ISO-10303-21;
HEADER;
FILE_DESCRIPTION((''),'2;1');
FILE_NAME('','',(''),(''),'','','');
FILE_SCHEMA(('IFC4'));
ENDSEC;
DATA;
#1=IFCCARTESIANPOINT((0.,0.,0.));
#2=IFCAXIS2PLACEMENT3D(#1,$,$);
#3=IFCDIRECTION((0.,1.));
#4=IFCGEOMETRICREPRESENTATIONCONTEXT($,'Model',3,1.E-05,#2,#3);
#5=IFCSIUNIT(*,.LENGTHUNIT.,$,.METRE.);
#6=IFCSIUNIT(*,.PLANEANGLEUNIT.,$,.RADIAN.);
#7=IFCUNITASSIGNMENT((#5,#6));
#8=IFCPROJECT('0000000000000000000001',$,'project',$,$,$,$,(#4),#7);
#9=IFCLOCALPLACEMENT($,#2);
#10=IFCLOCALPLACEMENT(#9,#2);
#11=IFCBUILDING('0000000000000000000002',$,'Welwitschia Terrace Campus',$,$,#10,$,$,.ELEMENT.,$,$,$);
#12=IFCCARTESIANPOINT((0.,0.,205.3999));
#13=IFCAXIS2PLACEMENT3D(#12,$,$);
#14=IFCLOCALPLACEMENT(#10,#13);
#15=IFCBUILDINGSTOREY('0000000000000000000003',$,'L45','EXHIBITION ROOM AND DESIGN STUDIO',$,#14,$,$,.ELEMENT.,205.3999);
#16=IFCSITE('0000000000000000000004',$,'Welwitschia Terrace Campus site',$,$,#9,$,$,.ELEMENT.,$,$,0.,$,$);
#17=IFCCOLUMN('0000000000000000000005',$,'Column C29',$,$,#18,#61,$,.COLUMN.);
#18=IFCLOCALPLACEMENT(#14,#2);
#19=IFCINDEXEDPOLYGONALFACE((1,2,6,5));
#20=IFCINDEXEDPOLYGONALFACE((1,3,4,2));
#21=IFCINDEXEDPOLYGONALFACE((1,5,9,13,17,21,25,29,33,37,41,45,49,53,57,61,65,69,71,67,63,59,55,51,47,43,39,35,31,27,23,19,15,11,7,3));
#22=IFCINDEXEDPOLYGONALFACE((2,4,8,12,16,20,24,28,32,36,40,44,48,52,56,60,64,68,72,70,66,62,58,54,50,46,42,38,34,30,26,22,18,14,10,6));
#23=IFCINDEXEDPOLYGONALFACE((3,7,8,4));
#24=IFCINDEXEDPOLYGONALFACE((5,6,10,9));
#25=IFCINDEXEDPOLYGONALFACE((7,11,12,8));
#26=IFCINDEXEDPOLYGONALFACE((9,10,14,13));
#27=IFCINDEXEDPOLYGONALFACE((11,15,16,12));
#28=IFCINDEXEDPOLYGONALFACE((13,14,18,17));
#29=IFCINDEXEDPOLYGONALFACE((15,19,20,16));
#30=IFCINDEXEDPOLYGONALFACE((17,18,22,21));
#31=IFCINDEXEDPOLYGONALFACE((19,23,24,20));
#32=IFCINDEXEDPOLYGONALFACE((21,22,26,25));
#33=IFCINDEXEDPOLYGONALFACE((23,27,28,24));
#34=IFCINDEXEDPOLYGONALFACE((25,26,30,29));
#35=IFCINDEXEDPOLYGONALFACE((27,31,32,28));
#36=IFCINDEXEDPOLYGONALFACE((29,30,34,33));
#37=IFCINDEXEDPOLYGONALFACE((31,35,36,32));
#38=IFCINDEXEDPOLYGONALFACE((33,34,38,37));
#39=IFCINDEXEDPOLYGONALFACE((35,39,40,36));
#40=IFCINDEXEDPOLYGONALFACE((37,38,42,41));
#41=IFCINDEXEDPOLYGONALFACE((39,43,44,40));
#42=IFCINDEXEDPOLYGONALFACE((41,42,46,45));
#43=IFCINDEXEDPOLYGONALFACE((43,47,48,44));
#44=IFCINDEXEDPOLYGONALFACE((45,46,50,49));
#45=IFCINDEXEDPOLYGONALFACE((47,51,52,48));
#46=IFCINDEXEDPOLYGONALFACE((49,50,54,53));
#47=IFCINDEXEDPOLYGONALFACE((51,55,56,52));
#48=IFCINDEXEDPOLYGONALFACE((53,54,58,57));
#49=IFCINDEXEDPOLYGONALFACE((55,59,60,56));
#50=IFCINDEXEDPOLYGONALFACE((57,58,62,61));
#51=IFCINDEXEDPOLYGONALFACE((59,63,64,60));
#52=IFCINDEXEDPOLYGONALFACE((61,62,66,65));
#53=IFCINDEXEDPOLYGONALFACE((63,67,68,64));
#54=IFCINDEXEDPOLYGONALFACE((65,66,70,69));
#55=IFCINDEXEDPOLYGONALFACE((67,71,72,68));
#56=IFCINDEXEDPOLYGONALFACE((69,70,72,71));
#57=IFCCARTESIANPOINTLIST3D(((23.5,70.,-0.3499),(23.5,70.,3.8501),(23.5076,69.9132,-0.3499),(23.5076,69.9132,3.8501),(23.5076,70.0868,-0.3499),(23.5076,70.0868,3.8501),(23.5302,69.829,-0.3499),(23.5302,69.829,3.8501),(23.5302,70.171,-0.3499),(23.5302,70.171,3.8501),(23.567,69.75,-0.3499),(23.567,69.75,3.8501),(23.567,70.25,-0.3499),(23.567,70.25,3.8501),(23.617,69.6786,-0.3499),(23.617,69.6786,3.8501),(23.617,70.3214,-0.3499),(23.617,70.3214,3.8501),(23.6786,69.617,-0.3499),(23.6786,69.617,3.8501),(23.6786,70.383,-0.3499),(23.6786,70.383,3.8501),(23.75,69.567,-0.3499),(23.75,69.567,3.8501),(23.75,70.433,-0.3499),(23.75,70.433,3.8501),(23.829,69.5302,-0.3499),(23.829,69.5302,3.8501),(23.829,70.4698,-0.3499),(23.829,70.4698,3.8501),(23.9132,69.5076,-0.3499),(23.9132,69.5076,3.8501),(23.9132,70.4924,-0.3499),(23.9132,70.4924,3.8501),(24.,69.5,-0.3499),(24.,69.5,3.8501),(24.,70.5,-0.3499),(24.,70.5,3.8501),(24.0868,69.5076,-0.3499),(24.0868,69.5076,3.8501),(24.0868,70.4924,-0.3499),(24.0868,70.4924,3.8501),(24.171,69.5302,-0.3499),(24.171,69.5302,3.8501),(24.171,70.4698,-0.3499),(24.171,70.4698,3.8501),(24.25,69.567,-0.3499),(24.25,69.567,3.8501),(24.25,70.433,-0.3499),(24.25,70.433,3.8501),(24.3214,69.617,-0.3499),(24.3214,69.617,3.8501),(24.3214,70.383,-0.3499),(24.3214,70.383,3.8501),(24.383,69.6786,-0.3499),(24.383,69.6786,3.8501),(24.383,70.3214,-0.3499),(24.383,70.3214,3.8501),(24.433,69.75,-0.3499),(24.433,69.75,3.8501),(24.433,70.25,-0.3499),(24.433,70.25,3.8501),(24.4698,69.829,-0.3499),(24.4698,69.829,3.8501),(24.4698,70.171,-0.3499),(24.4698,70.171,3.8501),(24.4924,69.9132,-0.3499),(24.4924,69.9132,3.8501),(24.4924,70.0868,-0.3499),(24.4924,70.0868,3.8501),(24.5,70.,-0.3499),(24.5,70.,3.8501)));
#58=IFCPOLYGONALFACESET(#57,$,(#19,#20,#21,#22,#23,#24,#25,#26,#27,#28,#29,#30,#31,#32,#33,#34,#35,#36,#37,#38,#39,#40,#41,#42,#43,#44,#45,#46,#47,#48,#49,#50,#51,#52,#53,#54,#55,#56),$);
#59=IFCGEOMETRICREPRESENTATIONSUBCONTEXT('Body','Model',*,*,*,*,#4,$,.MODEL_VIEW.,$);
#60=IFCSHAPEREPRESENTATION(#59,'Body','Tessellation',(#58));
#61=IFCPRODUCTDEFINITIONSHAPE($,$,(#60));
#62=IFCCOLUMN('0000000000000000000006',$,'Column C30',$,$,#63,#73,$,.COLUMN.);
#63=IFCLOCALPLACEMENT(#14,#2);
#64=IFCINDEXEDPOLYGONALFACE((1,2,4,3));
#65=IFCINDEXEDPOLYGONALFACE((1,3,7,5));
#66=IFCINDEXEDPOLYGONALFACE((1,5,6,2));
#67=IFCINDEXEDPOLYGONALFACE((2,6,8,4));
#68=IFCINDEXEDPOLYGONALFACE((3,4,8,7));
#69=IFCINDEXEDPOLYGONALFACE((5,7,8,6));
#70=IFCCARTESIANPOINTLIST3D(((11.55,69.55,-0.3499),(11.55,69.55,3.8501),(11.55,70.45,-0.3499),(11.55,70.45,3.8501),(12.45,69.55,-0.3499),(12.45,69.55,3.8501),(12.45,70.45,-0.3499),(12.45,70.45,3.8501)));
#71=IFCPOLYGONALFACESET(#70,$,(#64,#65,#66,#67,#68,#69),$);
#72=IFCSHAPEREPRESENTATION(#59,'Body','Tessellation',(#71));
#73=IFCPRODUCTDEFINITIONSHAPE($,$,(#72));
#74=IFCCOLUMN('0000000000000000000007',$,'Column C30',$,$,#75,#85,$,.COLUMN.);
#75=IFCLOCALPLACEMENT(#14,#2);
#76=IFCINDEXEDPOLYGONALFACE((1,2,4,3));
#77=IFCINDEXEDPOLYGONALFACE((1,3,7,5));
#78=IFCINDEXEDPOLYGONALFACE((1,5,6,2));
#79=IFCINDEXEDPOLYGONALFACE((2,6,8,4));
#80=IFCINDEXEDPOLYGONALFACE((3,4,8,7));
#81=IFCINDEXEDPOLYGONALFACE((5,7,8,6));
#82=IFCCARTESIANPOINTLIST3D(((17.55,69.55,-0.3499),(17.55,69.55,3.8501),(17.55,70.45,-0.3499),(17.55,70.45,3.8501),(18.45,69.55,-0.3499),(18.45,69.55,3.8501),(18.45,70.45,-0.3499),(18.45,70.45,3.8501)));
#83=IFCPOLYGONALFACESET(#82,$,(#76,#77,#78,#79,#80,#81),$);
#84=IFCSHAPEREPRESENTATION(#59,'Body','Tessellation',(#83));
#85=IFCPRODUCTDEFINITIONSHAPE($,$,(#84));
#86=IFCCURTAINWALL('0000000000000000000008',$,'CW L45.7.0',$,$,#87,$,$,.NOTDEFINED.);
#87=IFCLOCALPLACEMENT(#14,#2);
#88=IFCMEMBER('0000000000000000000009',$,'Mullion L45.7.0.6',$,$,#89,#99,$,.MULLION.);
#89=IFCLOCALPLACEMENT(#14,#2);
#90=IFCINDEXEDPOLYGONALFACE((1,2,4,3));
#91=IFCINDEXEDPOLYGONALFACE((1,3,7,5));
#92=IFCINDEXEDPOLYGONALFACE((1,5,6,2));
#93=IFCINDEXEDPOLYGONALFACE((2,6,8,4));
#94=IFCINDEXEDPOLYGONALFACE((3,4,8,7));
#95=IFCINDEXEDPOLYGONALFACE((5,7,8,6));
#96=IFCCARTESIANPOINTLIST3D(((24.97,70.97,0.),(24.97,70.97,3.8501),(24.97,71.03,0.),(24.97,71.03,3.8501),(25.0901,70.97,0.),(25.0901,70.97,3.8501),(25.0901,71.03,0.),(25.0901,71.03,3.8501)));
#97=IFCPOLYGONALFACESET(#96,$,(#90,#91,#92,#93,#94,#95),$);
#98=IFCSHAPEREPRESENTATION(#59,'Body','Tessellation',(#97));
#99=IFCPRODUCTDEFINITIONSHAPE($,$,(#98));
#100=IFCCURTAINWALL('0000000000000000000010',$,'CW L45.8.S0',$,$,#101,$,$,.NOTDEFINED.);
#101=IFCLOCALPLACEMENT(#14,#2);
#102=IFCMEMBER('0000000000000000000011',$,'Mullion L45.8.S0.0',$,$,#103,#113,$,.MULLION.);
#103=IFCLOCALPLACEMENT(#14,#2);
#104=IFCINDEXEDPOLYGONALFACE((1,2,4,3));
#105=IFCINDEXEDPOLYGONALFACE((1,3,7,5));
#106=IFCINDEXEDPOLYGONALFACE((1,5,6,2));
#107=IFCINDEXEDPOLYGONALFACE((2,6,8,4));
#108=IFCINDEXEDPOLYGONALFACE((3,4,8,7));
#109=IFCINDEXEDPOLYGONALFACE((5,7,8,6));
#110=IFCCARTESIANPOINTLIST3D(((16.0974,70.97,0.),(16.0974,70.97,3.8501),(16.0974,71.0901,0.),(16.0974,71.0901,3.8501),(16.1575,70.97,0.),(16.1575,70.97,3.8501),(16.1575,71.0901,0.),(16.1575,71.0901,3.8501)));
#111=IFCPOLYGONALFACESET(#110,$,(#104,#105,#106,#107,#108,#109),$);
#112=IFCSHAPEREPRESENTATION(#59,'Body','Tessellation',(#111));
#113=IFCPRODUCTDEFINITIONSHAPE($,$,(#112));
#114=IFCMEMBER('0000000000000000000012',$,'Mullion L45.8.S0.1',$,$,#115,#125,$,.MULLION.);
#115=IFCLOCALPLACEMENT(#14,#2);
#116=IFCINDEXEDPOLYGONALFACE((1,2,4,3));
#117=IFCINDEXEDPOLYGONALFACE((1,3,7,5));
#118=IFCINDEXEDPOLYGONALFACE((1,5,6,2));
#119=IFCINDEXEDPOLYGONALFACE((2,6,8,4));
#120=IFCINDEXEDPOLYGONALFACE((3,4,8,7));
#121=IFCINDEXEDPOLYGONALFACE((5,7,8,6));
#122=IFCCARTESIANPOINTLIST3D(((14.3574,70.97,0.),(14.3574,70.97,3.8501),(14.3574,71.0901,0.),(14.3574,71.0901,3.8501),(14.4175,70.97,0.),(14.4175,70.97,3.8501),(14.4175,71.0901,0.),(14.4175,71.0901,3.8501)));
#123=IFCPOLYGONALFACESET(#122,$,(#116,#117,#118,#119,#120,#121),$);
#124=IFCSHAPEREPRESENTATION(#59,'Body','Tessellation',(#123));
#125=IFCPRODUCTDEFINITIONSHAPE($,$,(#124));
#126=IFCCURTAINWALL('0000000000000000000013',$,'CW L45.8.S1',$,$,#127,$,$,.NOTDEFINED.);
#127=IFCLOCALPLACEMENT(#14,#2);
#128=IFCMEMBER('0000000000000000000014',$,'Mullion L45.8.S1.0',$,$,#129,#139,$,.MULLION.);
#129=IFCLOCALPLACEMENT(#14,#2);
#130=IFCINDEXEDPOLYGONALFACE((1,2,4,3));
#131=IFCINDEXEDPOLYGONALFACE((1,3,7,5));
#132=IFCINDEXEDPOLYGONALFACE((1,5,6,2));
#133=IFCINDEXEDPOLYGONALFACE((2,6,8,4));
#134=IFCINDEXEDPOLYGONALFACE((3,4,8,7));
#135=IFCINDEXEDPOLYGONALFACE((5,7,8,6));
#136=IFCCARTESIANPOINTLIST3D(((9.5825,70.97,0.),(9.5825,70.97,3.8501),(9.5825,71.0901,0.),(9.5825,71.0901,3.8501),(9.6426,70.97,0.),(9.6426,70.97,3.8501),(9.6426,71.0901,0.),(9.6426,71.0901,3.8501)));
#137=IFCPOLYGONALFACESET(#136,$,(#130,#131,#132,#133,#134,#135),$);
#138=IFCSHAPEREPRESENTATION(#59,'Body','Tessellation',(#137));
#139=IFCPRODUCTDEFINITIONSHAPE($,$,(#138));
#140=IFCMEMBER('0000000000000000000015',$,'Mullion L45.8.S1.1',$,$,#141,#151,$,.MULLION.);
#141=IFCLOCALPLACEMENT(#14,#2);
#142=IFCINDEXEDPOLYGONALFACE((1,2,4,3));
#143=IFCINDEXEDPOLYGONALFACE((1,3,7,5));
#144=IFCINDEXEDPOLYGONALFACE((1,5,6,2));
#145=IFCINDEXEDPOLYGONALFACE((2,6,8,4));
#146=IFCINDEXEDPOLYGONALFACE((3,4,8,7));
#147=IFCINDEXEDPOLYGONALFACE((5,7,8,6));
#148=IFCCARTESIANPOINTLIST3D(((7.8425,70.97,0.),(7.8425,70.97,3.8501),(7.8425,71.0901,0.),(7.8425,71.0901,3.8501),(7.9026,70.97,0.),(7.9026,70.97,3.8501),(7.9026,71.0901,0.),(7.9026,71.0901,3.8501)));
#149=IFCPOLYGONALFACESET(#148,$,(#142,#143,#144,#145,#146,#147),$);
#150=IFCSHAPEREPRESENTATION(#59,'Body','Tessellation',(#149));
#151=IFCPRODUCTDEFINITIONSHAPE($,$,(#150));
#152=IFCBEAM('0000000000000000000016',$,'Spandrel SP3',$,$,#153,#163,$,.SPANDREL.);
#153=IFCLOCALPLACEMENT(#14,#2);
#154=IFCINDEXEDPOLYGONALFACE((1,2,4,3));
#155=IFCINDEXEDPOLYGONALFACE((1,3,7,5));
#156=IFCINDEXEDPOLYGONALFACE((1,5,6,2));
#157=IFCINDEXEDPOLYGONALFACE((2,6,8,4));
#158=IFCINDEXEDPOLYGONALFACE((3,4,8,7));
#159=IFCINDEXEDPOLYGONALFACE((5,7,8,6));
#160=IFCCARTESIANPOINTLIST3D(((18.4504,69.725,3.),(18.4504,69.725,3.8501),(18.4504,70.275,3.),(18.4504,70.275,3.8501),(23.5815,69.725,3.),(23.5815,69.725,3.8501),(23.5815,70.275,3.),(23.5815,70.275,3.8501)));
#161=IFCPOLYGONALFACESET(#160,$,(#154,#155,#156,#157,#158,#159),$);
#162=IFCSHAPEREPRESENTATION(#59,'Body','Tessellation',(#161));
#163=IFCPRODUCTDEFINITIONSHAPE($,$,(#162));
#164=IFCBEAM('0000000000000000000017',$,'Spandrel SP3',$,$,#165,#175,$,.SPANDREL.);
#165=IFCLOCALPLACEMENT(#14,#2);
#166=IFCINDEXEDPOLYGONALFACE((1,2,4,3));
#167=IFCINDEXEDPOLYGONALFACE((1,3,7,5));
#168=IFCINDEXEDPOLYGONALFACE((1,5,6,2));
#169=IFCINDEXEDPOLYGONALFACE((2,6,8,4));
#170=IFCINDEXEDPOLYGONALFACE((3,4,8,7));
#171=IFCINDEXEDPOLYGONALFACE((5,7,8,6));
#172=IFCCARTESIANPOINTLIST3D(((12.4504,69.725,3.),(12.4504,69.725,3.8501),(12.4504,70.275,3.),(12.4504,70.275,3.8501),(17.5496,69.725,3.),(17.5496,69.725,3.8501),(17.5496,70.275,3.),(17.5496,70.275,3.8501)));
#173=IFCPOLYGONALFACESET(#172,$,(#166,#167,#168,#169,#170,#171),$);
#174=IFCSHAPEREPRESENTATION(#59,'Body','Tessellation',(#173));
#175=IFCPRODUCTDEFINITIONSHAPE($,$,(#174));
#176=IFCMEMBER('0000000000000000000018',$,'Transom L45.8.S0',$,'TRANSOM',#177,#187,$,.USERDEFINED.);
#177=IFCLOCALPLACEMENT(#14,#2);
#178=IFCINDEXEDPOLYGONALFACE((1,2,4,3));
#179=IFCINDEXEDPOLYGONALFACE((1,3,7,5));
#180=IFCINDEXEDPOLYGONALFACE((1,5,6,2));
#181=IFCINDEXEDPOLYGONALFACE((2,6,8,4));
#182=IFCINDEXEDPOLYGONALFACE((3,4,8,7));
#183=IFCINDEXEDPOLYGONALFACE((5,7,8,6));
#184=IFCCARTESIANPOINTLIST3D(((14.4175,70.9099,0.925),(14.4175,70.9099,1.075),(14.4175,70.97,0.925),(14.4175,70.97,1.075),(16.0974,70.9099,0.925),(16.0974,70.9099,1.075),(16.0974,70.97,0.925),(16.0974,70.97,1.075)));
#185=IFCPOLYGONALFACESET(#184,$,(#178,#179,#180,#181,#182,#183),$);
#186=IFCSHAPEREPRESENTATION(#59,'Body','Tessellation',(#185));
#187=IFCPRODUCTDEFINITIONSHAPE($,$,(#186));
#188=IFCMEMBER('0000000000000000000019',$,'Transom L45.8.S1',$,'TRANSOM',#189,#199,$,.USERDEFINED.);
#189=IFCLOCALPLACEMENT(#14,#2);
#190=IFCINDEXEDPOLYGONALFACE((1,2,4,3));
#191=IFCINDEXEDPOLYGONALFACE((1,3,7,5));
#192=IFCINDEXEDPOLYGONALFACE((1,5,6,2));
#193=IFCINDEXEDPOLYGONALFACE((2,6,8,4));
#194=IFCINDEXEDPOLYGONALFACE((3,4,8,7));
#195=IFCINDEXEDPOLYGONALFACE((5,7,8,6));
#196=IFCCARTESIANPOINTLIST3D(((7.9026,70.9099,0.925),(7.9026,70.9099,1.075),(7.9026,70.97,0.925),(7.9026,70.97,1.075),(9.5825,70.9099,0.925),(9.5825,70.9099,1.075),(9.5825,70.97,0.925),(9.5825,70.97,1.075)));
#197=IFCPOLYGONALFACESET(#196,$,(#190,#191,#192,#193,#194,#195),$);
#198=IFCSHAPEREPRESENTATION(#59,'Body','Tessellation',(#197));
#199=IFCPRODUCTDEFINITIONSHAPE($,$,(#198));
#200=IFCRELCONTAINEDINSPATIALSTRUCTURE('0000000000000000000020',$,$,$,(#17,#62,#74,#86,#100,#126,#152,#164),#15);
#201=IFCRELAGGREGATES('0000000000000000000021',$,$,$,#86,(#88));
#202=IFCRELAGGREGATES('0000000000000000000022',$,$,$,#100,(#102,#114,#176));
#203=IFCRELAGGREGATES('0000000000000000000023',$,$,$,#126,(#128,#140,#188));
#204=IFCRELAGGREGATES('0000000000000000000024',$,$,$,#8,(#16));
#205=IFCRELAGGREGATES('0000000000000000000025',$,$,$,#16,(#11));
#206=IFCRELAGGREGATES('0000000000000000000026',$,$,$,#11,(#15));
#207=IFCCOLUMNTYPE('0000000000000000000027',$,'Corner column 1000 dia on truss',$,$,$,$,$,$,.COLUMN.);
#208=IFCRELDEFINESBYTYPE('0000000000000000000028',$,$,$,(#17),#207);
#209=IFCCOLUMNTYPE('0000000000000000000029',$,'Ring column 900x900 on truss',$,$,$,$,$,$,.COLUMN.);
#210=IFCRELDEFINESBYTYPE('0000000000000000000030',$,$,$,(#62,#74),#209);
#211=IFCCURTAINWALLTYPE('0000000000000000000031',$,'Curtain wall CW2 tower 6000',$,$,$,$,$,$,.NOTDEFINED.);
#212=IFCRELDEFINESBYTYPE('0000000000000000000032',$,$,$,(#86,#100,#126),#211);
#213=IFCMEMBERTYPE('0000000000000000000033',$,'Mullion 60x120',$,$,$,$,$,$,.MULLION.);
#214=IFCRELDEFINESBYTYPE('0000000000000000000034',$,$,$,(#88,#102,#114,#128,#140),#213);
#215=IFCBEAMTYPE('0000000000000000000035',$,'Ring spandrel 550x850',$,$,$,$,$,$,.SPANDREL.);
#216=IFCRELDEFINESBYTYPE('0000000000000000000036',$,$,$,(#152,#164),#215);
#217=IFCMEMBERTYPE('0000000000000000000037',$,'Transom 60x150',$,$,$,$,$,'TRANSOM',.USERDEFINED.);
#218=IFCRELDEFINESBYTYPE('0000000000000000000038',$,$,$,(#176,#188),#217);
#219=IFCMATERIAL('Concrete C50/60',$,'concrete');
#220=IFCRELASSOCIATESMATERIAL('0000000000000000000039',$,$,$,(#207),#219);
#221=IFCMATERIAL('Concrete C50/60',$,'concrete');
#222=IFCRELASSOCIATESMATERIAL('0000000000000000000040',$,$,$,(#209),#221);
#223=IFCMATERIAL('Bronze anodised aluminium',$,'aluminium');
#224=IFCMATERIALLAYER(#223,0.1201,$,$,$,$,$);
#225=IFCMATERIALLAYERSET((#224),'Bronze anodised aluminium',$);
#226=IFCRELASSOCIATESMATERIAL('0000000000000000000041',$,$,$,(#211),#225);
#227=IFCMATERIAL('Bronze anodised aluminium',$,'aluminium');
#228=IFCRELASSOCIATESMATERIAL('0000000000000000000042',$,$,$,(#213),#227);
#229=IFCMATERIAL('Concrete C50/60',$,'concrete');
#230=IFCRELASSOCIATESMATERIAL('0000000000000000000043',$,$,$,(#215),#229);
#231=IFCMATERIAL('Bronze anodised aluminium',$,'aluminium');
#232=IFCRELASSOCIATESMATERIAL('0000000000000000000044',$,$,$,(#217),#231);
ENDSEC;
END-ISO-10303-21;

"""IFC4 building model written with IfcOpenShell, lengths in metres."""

from ifc_helpers import new_model, si_unit, direction, frame, origin, origin_2d, place, context, subcontext, project, spatial, rectangle, circle, extrude, material, layer, layer_set, material_profile, profile_set, type_object, element, aggregate, save


model = new_model("IFC4")

# Units and contexts
model_context = context("Model", 3, precision=1e-05, world=origin(), true_north=direction((0.0, 1.0)))
body_context = subcontext(model_context, "Body", "Model", "MODEL_VIEW")
ifc_project = project(units=[si_unit("LENGTHUNIT", "METRE"), si_unit("PLANEANGLEUNIT", "RADIAN")], contexts=[model_context])

# Site, building, storey
site_placement = place(None, origin())
site = spatial("IfcSite", under=ifc_project, at=site_placement, Name="Welwitschia Terrace Campus site", CompositionType="ELEMENT", RefElevation=0.0)
building_placement = place(site_placement, origin())
building = spatial("IfcBuilding", under=site, at=building_placement, Name="Welwitschia Terrace Campus", CompositionType="ELEMENT")
storey_placement = place(building_placement, frame((0.0, 0.0, 205.3999)))
storey = spatial("IfcBuildingStorey", under=building, at=storey_placement, Name="L45", Description="EXHIBITION ROOM AND DESIGN STUDIO", CompositionType="ELEMENT", Elevation=205.3999)

# Columns
ifc_material_1 = material(Name="Concrete C50/60", Category="concrete")
ifc_material_profile_1 = material_profile(ifc_material_1, circle(Radius=0.5, at=origin_2d()))
ifc_profile_set_1 = profile_set([ifc_material_profile_1], Name="Concrete C50/60")
column_type_1 = type_object("IfcColumnType", Name="Corner column 1000 dia on truss", PredefinedType="COLUMN", material=ifc_profile_set_1)
column_placement = place(storey_placement, frame((24.0, 70.0, -0.3499), z_axis=(0.0, 0.0, 1.0), x_axis=(1.0, 0.0, 0.0)))
element("IfcColumn", 1, at=column_placement, inside=storey, type_object=column_type_1, Name="Column C29", PredefinedType="COLUMN", context=body_context, shape_type="SweptSolid", body=[
    extrude(circle(Radius=0.5, at=origin_2d()), origin(), (0.0, 0.0, 1.0), 4.2),
])
ifc_material_2 = material(Name="Concrete C50/60", Category="concrete")
ifc_material_profile_2 = material_profile(ifc_material_2, rectangle(XDim=0.8999, YDim=0.8999, at=origin_2d()))
ifc_profile_set_2 = profile_set([ifc_material_profile_2], Name="Concrete C50/60")
column_type_2 = type_object("IfcColumnType", Name="Ring column 900x900 on truss", PredefinedType="COLUMN", material=ifc_profile_set_2)
for number, where, z_axis, x_axis, name in (
    (2, (12.0, 70.0, -0.3499), (0.0, 0.0, 1.0), (1.0, 0.0, 0.0), "Column C30"),
    (3, (18.0, 70.0, -0.3499), (0.0, 0.0, 1.0), (1.0, 0.0, 0.0), "Column C30"),
):
    element("IfcColumn", number, at=place(storey_placement, frame(where, z_axis=z_axis, x_axis=x_axis)), inside=storey, type_object=column_type_2, Name=name, PredefinedType="COLUMN", context=body_context, shape_type="SweptSolid", body=[
        extrude(rectangle(XDim=0.8999, YDim=0.8999, at=origin_2d()), origin(), (0.0, 0.0, 1.0), 4.2),
    ])

# Curtain wall, member
ifc_material_3 = material(Name="Bronze anodised aluminium", Category="aluminium")
ifc_layer_1 = layer(ifc_material_3, 0.1201)
ifc_layer_set_1 = layer_set([ifc_layer_1], Name="Bronze anodised aluminium")
curtain_wall_type = type_object("IfcCurtainWallType", Name="Curtain wall CW2 tower 6000", PredefinedType="NOTDEFINED", material=ifc_layer_set_1)
curtain_wall_1_placement = place(storey_placement, origin())
curtain_wall_1 = element("IfcCurtainWall", 4, at=curtain_wall_1_placement, inside=storey, type_object=curtain_wall_type, Name="CW L45.7.0", PredefinedType="NOTDEFINED")
ifc_material_4 = material(Name="Bronze anodised aluminium", Category="aluminium")
ifc_material_profile_3 = material_profile(ifc_material_4, rectangle(XDim=0.1201, YDim=0.0601, at=origin_2d()))
ifc_profile_set_3 = profile_set([ifc_material_profile_3], Name="Bronze anodised aluminium")
member_type_1 = type_object("IfcMemberType", Name="Mullion 60x120", PredefinedType="MULLION", material=ifc_profile_set_3)
member_1_placement = place(storey_placement, frame((25.03, 71.0, 0.0), z_axis=(0.0, 0.0, 1.0), x_axis=(-1.0, 0.0, 0.0)))
member_1 = element("IfcMember", 5, at=member_1_placement, type_object=member_type_1, Name="Mullion L45.7.0.6", PredefinedType="MULLION", context=body_context, shape_type="SweptSolid", body=[
    extrude(rectangle(XDim=0.1201, YDim=0.0601, at=origin_2d()), origin(), (0.0, 0.0, 1.0), 3.8501),
])
aggregate(curtain_wall_1, [member_1])

# Curtain walls, members
curtain_wall_2_placement = place(storey_placement, origin())
curtain_wall_2 = element("IfcCurtainWall", 6, at=curtain_wall_2_placement, inside=storey, type_object=curtain_wall_type, Name="CW L45.8.S0", PredefinedType="NOTDEFINED")
member_2_placement = place(storey_placement, frame((16.1274, 71.03, 0.0), z_axis=(0.0, 0.0, 1.0), x_axis=(0.0, -1.0, 0.0)))
member_2 = element("IfcMember", 7, at=member_2_placement, type_object=member_type_1, Name="Mullion L45.8.S0.0", PredefinedType="MULLION", context=body_context, shape_type="SweptSolid", body=[
    extrude(rectangle(XDim=0.1201, YDim=0.0601, at=origin_2d()), origin(), (0.0, 0.0, 1.0), 3.8501),
])
member_3_placement = place(storey_placement, frame((14.3875, 71.03, 0.0), z_axis=(0.0, 0.0, 1.0), x_axis=(0.0, -1.0, 0.0)))
member_3 = element("IfcMember", 8, at=member_3_placement, type_object=member_type_1, Name="Mullion L45.8.S0.1", PredefinedType="MULLION", context=body_context, shape_type="SweptSolid", body=[
    extrude(rectangle(XDim=0.1201, YDim=0.0601, at=origin_2d()), origin(), (0.0, 0.0, 1.0), 3.8501),
])
curtain_wall_3_placement = place(storey_placement, origin())
curtain_wall_3 = element("IfcCurtainWall", 9, at=curtain_wall_3_placement, inside=storey, type_object=curtain_wall_type, Name="CW L45.8.S1", PredefinedType="NOTDEFINED")
member_4_placement = place(storey_placement, frame((9.6125, 71.03, 0.0), z_axis=(0.0, 0.0, 1.0), x_axis=(0.0, -1.0, 0.0)))
member_4 = element("IfcMember", 10, at=member_4_placement, type_object=member_type_1, Name="Mullion L45.8.S1.0", PredefinedType="MULLION", context=body_context, shape_type="SweptSolid", body=[
    extrude(rectangle(XDim=0.1201, YDim=0.0601, at=origin_2d()), origin(), (0.0, 0.0, 1.0), 3.8501),
])
member_5_placement = place(storey_placement, frame((7.8726, 71.03, 0.0), z_axis=(0.0, 0.0, 1.0), x_axis=(0.0, -1.0, 0.0)))
member_5 = element("IfcMember", 11, at=member_5_placement, type_object=member_type_1, Name="Mullion L45.8.S1.1", PredefinedType="MULLION", context=body_context, shape_type="SweptSolid", body=[
    extrude(rectangle(XDim=0.1201, YDim=0.0601, at=origin_2d()), origin(), (0.0, 0.0, 1.0), 3.8501),
])

# Beams
ifc_material_5 = material(Name="Concrete C50/60", Category="concrete")
ifc_material_profile_4 = material_profile(ifc_material_5, rectangle(XDim=0.55, YDim=0.8501, at=origin_2d()))
ifc_profile_set_4 = profile_set([ifc_material_profile_4], Name="Concrete C50/60")
beam_type = type_object("IfcBeamType", Name="Ring spandrel 550x850", PredefinedType="SPANDREL", material=ifc_profile_set_4)
beam_1_placement = place(storey_placement, frame((23.5815, 70.0, 3.425), z_axis=(-1.0, 0.0, 0.0), x_axis=(0.0, -1.0, 0.0)))
element("IfcBeam", 12, at=beam_1_placement, inside=storey, type_object=beam_type, Name="Spandrel SP3", PredefinedType="SPANDREL", context=body_context, shape_type="SweptSolid", body=[
    extrude(rectangle(XDim=0.55, YDim=0.8501, at=origin_2d()), origin(), (0.0, 0.0, 1.0), 5.1311),
])
beam_2_placement = place(storey_placement, frame((17.5496, 70.0, 3.425), z_axis=(-1.0, 0.0, 0.0), x_axis=(0.0, -1.0, 0.0)))
element("IfcBeam", 13, at=beam_2_placement, inside=storey, type_object=beam_type, Name="Spandrel SP3", PredefinedType="SPANDREL", context=body_context, shape_type="SweptSolid", body=[
    extrude(rectangle(XDim=0.55, YDim=0.8501, at=origin_2d()), origin(), (0.0, 0.0, 1.0), 5.0991),
])

# Members
ifc_material_6 = material(Name="Bronze anodised aluminium", Category="aluminium")
ifc_material_profile_5 = material_profile(ifc_material_6, rectangle(XDim=0.0601, YDim=0.1499, at=origin_2d()))
ifc_profile_set_5 = profile_set([ifc_material_profile_5], Name="Bronze anodised aluminium")
member_type_2 = type_object("IfcMemberType", Name="Transom 60x150", ElementType="TRANSOM", PredefinedType="USERDEFINED", material=ifc_profile_set_5)
member_6_placement = place(storey_placement, frame((16.0974, 70.9399, 1.0), z_axis=(-1.0, 0.0, 0.0), x_axis=(0.0, -1.0, 0.0)))
member_6 = element("IfcMember", 14, at=member_6_placement, type_object=member_type_2, Name="Transom L45.8.S0", ObjectType="TRANSOM", PredefinedType="USERDEFINED", context=body_context, shape_type="SweptSolid", body=[
    extrude(rectangle(XDim=0.0601, YDim=0.1499, at=origin_2d()), origin(), (0.0, 0.0, 1.0), 1.6799),
])
member_7_placement = place(storey_placement, frame((9.5825, 70.9399, 1.0), z_axis=(-1.0, 0.0, 0.0), x_axis=(0.0, -1.0, 0.0)))
member_7 = element("IfcMember", 15, at=member_7_placement, type_object=member_type_2, Name="Transom L45.8.S1", ObjectType="TRANSOM", PredefinedType="USERDEFINED", context=body_context, shape_type="SweptSolid", body=[
    extrude(rectangle(XDim=0.0601, YDim=0.1499, at=origin_2d()), origin(), (0.0, 0.0, 1.0), 1.6799),
])

aggregate(curtain_wall_2, [member_2, member_3, member_6])
aggregate(curtain_wall_3, [member_4, member_5, member_7])

save(model, "model.ifc")
